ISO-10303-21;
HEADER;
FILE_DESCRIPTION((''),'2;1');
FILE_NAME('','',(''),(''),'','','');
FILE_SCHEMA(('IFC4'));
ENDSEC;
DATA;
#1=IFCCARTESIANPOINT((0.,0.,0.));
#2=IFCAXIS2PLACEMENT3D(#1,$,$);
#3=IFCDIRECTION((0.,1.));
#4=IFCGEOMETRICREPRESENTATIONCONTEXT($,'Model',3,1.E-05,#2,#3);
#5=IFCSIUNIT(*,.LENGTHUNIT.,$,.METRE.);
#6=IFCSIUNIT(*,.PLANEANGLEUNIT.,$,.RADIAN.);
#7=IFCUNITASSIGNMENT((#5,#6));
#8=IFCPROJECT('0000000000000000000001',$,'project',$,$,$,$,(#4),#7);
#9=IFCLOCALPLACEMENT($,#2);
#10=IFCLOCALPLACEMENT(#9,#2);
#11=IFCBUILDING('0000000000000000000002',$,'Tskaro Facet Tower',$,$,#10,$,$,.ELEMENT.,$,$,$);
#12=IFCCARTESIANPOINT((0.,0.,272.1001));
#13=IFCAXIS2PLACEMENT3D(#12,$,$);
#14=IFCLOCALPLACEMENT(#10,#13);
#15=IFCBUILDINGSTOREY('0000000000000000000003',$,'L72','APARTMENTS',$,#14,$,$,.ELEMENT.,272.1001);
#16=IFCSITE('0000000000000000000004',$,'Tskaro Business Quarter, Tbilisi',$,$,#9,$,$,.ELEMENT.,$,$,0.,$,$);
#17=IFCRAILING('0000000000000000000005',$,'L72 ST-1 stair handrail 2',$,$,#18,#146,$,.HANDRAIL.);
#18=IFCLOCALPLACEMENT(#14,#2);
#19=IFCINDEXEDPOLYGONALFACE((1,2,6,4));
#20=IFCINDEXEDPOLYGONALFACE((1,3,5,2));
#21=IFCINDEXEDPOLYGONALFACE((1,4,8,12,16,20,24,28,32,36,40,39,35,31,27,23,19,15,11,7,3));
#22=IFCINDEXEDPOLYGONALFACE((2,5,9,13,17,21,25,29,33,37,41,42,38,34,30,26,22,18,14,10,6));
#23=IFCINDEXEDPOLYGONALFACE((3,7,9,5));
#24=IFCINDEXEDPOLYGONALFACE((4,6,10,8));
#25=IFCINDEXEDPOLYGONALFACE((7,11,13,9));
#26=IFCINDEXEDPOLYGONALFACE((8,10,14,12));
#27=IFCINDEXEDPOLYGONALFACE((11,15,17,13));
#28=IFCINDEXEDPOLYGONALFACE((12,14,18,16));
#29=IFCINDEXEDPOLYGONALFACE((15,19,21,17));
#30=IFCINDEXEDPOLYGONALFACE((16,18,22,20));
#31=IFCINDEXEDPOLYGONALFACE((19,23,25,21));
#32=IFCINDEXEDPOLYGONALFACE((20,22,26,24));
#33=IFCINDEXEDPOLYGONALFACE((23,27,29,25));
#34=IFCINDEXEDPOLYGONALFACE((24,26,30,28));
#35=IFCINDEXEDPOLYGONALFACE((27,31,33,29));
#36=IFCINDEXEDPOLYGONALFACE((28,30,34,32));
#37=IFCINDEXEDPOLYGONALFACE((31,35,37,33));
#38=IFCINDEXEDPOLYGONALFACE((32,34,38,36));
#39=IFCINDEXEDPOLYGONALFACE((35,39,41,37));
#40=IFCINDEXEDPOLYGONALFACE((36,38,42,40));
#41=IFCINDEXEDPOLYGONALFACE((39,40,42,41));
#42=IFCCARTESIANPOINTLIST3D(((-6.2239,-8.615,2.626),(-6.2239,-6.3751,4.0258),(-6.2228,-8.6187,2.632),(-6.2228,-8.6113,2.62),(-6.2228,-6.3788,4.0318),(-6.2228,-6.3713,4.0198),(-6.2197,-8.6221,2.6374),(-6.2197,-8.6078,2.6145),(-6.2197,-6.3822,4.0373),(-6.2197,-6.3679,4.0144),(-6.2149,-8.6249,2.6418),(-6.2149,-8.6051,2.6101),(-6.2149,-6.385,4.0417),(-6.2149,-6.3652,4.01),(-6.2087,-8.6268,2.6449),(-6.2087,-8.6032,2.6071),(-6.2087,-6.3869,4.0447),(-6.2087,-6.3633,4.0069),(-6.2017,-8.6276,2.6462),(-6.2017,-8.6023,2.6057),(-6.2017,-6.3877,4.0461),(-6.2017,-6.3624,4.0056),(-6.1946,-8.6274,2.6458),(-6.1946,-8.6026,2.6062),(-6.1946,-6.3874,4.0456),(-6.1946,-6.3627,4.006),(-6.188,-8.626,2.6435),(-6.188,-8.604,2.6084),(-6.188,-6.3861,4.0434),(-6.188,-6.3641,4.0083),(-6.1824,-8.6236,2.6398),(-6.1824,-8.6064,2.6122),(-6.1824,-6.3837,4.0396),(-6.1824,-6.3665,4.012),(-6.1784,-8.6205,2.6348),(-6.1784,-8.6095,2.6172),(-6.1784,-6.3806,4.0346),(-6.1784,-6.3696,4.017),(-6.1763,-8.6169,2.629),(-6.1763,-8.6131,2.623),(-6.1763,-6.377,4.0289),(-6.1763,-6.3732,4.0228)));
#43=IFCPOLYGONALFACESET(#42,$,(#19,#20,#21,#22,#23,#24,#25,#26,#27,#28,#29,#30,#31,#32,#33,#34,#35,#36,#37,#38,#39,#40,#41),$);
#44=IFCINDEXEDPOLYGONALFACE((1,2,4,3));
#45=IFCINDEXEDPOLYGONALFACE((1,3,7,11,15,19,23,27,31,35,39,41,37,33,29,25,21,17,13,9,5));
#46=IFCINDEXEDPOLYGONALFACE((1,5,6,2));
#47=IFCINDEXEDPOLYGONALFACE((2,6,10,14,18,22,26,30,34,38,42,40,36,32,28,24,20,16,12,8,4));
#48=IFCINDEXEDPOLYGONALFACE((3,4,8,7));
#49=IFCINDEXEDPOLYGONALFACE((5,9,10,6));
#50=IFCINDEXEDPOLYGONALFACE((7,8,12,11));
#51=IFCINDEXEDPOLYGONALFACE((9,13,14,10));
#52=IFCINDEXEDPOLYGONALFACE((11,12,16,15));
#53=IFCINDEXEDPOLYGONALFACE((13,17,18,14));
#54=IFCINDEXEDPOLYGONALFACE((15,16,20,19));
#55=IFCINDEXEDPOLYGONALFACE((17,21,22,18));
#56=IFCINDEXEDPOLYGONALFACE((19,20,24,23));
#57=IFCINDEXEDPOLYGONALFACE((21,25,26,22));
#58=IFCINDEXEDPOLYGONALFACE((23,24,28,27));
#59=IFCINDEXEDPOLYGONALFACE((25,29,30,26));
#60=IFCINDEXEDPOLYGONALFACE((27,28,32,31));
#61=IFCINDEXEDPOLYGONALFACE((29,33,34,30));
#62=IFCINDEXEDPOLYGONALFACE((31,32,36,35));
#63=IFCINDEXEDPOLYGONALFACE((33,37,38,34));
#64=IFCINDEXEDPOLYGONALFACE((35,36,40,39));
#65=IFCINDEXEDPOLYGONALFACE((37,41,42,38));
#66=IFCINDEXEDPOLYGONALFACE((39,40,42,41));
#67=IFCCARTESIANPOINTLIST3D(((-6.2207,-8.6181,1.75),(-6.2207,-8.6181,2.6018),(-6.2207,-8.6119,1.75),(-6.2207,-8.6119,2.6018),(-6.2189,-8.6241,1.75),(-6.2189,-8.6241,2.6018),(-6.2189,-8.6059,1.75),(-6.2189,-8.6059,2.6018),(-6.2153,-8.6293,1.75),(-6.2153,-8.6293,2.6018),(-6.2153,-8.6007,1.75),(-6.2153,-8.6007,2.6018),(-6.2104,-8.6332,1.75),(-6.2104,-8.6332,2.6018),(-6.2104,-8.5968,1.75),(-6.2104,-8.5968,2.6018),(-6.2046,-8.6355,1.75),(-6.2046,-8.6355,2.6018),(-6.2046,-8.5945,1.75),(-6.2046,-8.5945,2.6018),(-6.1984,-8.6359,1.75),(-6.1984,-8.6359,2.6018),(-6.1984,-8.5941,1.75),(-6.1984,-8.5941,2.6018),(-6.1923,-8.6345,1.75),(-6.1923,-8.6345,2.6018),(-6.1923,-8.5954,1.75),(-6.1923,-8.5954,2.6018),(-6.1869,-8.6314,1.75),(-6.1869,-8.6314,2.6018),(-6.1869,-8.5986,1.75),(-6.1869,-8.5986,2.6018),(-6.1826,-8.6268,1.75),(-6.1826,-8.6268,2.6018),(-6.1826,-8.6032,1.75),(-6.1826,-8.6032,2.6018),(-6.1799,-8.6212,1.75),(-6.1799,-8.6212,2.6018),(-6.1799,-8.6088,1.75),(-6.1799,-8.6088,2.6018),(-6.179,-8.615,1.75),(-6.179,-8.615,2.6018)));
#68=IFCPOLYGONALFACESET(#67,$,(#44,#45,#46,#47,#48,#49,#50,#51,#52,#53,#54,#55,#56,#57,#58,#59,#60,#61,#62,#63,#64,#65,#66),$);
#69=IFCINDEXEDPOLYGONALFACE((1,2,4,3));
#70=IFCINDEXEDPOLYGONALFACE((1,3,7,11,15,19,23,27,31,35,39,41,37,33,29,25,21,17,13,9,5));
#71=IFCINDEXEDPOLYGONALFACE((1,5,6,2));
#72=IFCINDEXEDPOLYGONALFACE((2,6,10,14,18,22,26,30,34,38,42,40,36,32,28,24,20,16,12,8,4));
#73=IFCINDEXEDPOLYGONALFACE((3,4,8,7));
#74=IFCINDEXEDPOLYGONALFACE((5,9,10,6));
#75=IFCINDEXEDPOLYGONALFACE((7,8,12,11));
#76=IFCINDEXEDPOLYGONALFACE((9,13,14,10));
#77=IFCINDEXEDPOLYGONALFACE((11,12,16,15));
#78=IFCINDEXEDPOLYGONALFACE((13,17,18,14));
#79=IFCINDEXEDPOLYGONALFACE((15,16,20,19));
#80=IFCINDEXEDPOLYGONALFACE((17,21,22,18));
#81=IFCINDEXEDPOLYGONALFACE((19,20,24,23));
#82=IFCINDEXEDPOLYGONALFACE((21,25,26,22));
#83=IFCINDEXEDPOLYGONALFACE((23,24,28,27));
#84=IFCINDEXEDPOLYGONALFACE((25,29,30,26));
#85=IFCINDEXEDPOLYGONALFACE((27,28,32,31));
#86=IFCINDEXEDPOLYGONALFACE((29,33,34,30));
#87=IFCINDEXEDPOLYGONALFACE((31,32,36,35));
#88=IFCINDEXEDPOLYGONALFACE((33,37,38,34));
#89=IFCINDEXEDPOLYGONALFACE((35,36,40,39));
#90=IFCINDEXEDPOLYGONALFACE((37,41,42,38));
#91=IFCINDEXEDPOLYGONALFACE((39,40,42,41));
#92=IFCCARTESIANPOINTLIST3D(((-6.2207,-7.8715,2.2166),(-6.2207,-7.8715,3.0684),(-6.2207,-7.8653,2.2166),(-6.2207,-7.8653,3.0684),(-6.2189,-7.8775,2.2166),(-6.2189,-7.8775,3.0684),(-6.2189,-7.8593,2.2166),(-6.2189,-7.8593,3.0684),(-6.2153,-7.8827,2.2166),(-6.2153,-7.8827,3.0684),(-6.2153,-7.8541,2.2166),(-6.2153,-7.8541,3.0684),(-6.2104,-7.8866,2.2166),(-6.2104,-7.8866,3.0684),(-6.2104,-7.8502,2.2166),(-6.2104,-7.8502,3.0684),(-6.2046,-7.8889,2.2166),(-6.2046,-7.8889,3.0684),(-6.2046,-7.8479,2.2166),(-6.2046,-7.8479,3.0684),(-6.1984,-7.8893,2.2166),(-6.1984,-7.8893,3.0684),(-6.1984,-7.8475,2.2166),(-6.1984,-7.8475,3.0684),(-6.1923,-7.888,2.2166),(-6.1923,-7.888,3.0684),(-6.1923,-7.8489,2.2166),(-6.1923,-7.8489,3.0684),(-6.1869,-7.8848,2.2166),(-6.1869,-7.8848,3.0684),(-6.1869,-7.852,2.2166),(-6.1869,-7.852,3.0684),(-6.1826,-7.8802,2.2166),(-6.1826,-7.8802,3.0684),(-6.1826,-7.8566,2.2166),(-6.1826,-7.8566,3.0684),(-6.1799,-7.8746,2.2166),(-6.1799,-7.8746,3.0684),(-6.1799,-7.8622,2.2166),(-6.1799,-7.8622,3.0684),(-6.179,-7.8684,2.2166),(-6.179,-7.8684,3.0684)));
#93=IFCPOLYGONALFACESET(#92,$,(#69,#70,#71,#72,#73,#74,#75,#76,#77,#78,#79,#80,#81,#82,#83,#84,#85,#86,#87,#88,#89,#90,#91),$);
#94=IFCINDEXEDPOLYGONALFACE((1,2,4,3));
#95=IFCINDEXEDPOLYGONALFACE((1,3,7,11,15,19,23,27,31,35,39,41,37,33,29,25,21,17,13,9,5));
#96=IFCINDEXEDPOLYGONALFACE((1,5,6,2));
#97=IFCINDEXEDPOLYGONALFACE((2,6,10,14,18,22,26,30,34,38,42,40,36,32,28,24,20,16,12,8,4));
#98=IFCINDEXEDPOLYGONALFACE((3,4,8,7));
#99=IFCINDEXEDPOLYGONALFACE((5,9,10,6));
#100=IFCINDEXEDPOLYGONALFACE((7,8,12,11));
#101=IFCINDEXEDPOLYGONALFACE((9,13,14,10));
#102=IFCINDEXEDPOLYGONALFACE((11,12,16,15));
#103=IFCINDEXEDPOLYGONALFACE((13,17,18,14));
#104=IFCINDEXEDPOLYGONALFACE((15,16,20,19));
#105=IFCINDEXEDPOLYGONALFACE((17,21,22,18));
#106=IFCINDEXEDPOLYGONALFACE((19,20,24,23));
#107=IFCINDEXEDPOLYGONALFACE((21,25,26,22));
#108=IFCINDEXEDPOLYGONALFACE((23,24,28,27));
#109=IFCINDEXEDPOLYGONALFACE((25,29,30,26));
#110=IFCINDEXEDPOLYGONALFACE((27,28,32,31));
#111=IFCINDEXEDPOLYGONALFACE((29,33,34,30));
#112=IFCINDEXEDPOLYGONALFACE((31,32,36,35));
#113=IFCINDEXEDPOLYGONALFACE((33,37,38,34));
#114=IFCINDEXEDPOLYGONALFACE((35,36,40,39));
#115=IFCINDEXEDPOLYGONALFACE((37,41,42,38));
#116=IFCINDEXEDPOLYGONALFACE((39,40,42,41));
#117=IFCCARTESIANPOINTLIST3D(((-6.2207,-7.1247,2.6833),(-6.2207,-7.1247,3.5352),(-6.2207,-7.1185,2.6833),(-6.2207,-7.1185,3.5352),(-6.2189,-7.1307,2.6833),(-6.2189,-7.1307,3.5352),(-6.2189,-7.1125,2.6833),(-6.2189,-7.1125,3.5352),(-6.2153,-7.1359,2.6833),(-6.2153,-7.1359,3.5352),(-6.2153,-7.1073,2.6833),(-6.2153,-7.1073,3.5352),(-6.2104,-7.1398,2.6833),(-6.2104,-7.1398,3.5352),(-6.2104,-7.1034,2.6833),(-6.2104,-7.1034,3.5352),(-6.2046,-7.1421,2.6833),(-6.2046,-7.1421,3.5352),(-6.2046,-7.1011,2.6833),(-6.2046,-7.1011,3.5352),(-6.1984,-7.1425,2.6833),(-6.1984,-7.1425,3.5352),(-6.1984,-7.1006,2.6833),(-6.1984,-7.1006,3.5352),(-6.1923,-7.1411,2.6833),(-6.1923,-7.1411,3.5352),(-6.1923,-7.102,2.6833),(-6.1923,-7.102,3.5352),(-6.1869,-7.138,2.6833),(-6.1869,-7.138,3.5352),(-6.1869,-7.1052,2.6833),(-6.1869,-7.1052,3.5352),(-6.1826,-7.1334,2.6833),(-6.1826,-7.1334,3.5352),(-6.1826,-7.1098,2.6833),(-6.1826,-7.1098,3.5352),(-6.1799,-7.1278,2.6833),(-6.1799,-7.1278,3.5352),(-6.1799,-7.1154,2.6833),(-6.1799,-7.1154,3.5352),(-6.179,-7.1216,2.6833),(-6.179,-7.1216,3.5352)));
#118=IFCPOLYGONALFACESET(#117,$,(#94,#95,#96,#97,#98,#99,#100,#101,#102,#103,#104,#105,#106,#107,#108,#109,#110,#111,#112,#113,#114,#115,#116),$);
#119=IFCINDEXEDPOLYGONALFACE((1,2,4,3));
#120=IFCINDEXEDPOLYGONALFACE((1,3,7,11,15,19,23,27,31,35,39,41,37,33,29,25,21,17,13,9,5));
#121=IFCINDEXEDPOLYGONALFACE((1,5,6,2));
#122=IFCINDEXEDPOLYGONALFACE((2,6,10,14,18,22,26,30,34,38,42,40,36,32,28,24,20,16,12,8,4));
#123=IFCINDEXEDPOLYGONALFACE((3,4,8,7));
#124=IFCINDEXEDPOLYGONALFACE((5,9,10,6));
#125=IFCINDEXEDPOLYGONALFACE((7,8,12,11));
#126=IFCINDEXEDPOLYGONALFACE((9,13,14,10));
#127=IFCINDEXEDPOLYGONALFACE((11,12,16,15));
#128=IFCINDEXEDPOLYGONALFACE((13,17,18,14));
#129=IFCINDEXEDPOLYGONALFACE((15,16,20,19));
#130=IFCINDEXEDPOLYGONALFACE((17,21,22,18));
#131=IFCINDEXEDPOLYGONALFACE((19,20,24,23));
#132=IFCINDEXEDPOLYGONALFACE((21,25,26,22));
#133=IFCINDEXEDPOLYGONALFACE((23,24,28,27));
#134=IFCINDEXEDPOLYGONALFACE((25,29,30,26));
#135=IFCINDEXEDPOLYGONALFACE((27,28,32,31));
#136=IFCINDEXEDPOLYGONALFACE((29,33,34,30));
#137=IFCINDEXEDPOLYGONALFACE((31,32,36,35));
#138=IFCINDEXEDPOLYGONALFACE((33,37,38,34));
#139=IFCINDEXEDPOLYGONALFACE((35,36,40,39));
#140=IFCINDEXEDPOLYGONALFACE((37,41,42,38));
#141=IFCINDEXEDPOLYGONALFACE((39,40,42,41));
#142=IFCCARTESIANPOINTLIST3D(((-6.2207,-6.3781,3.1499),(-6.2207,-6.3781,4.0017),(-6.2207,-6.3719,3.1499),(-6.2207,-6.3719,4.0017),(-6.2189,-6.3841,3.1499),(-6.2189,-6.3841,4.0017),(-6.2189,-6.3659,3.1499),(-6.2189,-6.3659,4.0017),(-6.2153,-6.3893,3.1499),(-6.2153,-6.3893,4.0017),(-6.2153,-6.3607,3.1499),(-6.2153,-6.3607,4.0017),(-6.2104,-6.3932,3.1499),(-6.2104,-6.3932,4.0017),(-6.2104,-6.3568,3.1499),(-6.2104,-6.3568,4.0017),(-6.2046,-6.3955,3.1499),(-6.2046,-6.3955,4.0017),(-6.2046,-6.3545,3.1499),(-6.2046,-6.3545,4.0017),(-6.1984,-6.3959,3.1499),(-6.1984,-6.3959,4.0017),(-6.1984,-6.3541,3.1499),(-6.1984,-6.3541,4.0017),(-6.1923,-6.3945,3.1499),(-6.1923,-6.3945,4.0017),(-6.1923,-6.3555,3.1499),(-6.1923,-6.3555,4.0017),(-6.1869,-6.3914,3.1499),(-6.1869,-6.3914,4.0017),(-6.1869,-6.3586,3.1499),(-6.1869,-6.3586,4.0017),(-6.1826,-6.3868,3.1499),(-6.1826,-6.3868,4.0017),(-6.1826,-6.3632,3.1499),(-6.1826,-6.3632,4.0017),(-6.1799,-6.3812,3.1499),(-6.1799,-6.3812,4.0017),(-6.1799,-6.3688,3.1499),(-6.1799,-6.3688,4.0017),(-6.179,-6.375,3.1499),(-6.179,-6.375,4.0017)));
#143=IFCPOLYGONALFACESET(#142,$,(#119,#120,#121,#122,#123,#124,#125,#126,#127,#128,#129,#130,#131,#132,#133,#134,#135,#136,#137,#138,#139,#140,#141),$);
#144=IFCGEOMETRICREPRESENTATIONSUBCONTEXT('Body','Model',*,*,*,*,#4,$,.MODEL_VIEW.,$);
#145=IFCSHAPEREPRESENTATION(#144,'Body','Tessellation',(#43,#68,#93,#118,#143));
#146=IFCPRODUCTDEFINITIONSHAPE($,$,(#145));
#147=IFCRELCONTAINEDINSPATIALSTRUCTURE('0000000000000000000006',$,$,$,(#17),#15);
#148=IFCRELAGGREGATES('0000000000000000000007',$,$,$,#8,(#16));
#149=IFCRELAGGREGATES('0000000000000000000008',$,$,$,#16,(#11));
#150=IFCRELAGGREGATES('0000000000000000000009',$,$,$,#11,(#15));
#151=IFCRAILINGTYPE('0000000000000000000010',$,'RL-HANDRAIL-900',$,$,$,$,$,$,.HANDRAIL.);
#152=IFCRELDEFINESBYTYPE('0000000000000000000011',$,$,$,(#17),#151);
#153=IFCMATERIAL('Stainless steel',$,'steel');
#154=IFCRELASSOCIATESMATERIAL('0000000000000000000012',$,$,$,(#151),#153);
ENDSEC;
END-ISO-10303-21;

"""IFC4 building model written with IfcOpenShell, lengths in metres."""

from ifc_helpers import new_model, si_unit, direction, frame, origin, origin_2d, place, context, subcontext, project, spatial, circle, extrude, material, type_object, element, save


model = new_model("IFC4")

# Units and contexts
model_context = context("Model", 3, precision=1e-05, world=origin(), true_north=direction((0.0, 1.0)))
body_context = subcontext(model_context, "Body", "Model", "MODEL_VIEW")
ifc_project = project(units=[si_unit("LENGTHUNIT", "METRE"), si_unit("PLANEANGLEUNIT", "RADIAN")], contexts=[model_context])

# Site, building, storey
site_placement = place(None, origin())
site = spatial("IfcSite", under=ifc_project, at=site_placement, Name="Tskaro Business Quarter, Tbilisi", CompositionType="ELEMENT", RefElevation=0.0)
building_placement = place(site_placement, origin())
building = spatial("IfcBuilding", under=site, at=building_placement, Name="Tskaro Facet Tower", CompositionType="ELEMENT")
storey_placement = place(building_placement, frame((0.0, 0.0, 272.1001)))
storey = spatial("IfcBuildingStorey", under=building, at=storey_placement, Name="L72", Description="APARTMENTS", CompositionType="ELEMENT", Elevation=272.1001)

# Shared definitions
ifc_material_1 = material(Name="Stainless steel", Category="steel")

# Railing
railing_type_1 = type_object("IfcRailingType", Name="RL-HANDRAIL-900", PredefinedType="HANDRAIL", material=ifc_material_1)
railing_1_placement = place(storey_placement, frame((-6.2, -8.615, 1.75)))
element("IfcRailing", 1, at=railing_1_placement, inside=storey, type_object=railing_type_1, Name="L72 ST-1 stair handrail 2", PredefinedType="HANDRAIL", context=body_context, shape_type="SweptSolid", body=[
    extrude(circle(Radius=0.0239, at=origin_2d()), frame((0.0, 0.0, 0.876), z_axis=(0.0, 0.848014, 0.529974), x_axis=(-1.0, 0.0, 0.0)), (0.0, 0.0, 1.0), 2.6414),
    extrude(circle(Radius=0.021, at=origin_2d()), origin(), (0.0, 0.0, 1.0), 0.8518),
    extrude(circle(Radius=0.021, at=origin_2d()), frame((0.0, 0.7466, 0.4666)), (0.0, 0.0, 1.0), 0.8518),
    extrude(circle(Radius=0.021, at=origin_2d()), frame((0.0, 1.4934, 0.9333)), (0.0, 0.0, 1.0), 0.8518),
    extrude(circle(Radius=0.021, at=origin_2d()), frame((0.0, 2.24, 1.3999)), (0.0, 0.0, 1.0), 0.8518),
])

save(model, "model.ifc")
